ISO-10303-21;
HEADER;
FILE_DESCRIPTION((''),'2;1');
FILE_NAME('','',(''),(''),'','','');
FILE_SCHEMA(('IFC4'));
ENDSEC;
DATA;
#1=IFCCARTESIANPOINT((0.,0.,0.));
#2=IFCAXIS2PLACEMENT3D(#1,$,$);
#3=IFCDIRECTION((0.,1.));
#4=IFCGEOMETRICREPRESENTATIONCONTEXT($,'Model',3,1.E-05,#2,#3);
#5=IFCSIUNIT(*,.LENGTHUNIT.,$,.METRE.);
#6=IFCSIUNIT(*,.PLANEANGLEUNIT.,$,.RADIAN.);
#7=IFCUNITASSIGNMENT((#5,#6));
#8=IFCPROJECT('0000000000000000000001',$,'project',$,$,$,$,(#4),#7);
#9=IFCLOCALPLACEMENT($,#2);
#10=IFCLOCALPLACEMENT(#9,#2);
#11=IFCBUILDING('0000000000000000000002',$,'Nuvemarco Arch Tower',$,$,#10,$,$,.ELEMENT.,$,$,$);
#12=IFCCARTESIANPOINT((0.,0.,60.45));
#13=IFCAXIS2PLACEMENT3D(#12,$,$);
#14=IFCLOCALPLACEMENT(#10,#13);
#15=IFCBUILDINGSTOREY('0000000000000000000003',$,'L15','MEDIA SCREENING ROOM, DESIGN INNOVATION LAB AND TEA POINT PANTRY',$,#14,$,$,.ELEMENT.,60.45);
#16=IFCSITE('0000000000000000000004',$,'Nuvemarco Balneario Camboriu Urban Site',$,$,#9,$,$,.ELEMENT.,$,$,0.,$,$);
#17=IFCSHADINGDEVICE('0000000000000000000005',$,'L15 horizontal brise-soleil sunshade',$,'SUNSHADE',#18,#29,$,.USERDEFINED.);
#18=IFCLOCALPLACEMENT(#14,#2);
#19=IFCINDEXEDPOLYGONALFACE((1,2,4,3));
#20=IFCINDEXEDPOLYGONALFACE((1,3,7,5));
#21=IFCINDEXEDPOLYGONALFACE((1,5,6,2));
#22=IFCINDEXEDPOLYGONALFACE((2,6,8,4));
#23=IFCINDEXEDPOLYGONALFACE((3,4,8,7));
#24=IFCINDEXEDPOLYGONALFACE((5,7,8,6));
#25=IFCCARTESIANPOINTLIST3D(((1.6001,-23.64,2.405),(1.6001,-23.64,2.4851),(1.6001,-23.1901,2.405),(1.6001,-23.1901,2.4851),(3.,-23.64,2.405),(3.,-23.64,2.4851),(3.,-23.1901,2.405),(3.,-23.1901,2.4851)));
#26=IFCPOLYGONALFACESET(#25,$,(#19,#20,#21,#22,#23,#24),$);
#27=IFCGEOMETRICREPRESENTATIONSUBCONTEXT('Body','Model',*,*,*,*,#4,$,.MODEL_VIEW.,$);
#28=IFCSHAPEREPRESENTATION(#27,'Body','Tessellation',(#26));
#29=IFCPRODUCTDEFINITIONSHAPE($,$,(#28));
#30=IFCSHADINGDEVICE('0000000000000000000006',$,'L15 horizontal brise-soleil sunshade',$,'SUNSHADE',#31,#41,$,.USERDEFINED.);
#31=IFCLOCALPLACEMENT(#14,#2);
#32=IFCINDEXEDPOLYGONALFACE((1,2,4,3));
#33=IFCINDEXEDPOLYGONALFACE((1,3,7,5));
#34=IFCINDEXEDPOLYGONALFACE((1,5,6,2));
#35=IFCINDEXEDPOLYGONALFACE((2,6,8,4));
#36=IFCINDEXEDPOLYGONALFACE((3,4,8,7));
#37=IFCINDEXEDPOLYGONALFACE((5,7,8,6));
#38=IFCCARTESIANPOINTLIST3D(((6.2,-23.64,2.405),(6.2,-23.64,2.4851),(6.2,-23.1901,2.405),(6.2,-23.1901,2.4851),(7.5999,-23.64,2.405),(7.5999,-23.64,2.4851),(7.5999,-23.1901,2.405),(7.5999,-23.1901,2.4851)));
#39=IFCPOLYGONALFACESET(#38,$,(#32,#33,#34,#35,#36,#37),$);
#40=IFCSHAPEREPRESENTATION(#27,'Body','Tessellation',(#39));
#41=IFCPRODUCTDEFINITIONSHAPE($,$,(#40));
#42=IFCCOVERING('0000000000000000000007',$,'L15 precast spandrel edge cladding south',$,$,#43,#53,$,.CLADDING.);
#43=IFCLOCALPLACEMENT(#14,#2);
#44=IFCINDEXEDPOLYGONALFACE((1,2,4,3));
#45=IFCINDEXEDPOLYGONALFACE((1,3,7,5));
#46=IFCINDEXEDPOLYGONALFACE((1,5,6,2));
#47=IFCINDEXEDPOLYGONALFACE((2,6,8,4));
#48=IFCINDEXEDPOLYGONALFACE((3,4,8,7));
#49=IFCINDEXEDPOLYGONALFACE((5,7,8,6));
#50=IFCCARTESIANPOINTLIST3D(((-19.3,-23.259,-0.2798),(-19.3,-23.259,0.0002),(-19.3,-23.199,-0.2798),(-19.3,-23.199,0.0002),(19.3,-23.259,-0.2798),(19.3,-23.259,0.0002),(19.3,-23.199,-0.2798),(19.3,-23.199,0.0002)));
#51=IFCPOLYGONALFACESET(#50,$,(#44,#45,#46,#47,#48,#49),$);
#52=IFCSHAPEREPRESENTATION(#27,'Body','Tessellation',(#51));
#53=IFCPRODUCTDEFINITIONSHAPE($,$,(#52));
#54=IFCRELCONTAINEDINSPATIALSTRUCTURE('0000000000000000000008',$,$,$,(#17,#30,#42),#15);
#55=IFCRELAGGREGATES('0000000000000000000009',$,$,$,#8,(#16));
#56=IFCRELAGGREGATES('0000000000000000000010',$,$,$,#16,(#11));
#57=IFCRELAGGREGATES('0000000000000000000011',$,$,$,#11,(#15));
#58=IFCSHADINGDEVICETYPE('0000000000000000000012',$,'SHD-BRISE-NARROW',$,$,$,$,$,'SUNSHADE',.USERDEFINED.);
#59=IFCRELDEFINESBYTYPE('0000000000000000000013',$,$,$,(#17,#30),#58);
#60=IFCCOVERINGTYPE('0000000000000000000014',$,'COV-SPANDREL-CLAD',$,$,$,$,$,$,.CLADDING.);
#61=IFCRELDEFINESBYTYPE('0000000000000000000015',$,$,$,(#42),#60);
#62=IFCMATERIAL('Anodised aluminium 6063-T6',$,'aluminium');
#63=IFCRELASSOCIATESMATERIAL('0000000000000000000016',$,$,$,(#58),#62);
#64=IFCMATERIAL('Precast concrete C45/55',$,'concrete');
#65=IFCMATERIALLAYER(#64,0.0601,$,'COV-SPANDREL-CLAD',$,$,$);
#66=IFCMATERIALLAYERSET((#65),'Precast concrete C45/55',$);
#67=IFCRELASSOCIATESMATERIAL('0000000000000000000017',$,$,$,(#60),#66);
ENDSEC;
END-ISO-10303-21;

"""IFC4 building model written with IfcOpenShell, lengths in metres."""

from ifc_helpers import new_model, si_unit, direction, frame, origin, origin_2d, place, context, subcontext, project, spatial, rectangle, extrude, source, transform, mapped, material, layer, layer_set, type_object, type_shapes, element, save


model = new_model("IFC4")

# Units and contexts
model_context = context("Model", 3, precision=1e-05, world=origin(), true_north=direction((0.0, 1.0)))
body_context = subcontext(model_context, "Body", "Model", "MODEL_VIEW")
ifc_project = project(units=[si_unit("LENGTHUNIT", "METRE"), si_unit("PLANEANGLEUNIT", "RADIAN")], contexts=[model_context])

# Site, building, storey
site_placement = place(None, origin())
site = spatial("IfcSite", under=ifc_project, at=site_placement, Name="Nuvemarco Balneario Camboriu Urban Site", CompositionType="ELEMENT", RefElevation=0.0)
building_placement = place(site_placement, origin())
building = spatial("IfcBuilding", under=site, at=building_placement, Name="Nuvemarco Arch Tower", CompositionType="ELEMENT")
storey_placement = place(building_placement, frame((0.0, 0.0, 60.45)))
storey = spatial("IfcBuildingStorey", under=building, at=storey_placement, Name="L15", Description="MEDIA SCREENING ROOM, DESIGN INNOVATION LAB AND TEA POINT PANTRY", CompositionType="ELEMENT", Elevation=60.45)

# Shared definitions
ifc_material_1 = material(Name="Precast concrete C45/55", Category="concrete")

# Shading devices
ifc_material_2 = material(Name="Anodised aluminium 6063-T6", Category="aluminium")
shading_device_type = type_object("IfcShadingDeviceType", Name="SHD-BRISE-NARROW", ElementType="SUNSHADE", PredefinedType="USERDEFINED", material=ifc_material_2)
shared_shape_1 = source(origin(), body_context, "Body", "SweptSolid", [
    extrude(rectangle(XDim=1.3999, YDim=0.45, at=origin_2d()), origin(), (0.0, 0.0, 1.0), 0.0801),
])
type_shapes(shading_device_type, [shared_shape_1])
for number, where, z_axis, x_axis, name in (
    (1, (2.3, -23.415, 2.405), (0.0, 0.0, 1.0), (1.0, 0.0, 0.0), "L15 horizontal brise-soleil sunshade"),
    (2, (6.8999, -23.415, 2.405), (0.0, 0.0, 1.0), (1.0, 0.0, 0.0), "L15 horizontal brise-soleil sunshade"),
):
    element("IfcShadingDevice", number, at=place(storey_placement, frame(where, z_axis=z_axis, x_axis=x_axis)), inside=storey, type_object=shading_device_type, Name=name, ObjectType="SUNSHADE", PredefinedType="USERDEFINED", context=body_context, shape_type="MappedRepresentation", body=[
        mapped(shared_shape_1, transform((0.0, 0.0, 0.0), scale=1.0)),
    ])

# Covering
ifc_layer_1 = layer(ifc_material_1, 0.0601, Name="COV-SPANDREL-CLAD")
ifc_layer_set_1 = layer_set([ifc_layer_1], Name="Precast concrete C45/55")
covering_type = type_object("IfcCoveringType", Name="COV-SPANDREL-CLAD", PredefinedType="CLADDING", material=ifc_layer_set_1)
shared_shape_2 = source(origin(), body_context, "Body", "SweptSolid", [
    extrude(rectangle(XDim=38.6001, YDim=0.0601, at=origin_2d()), origin(), (0.0, 0.0, 1.0), 0.28),
])
type_shapes(covering_type, [shared_shape_2])
covering_placement = place(storey_placement, frame((0.0, -23.229, -0.2798), z_axis=(0.0, 0.0, 1.0), x_axis=(1.0, 0.0, 0.0)))
element("IfcCovering", 3, at=covering_placement, inside=storey, type_object=covering_type, Name="L15 precast spandrel edge cladding south", PredefinedType="CLADDING", context=body_context, shape_type="MappedRepresentation", body=[
    mapped(shared_shape_2, transform((0.0, 0.0, 0.0), scale=1.0)),
])

save(model, "model.ifc")
